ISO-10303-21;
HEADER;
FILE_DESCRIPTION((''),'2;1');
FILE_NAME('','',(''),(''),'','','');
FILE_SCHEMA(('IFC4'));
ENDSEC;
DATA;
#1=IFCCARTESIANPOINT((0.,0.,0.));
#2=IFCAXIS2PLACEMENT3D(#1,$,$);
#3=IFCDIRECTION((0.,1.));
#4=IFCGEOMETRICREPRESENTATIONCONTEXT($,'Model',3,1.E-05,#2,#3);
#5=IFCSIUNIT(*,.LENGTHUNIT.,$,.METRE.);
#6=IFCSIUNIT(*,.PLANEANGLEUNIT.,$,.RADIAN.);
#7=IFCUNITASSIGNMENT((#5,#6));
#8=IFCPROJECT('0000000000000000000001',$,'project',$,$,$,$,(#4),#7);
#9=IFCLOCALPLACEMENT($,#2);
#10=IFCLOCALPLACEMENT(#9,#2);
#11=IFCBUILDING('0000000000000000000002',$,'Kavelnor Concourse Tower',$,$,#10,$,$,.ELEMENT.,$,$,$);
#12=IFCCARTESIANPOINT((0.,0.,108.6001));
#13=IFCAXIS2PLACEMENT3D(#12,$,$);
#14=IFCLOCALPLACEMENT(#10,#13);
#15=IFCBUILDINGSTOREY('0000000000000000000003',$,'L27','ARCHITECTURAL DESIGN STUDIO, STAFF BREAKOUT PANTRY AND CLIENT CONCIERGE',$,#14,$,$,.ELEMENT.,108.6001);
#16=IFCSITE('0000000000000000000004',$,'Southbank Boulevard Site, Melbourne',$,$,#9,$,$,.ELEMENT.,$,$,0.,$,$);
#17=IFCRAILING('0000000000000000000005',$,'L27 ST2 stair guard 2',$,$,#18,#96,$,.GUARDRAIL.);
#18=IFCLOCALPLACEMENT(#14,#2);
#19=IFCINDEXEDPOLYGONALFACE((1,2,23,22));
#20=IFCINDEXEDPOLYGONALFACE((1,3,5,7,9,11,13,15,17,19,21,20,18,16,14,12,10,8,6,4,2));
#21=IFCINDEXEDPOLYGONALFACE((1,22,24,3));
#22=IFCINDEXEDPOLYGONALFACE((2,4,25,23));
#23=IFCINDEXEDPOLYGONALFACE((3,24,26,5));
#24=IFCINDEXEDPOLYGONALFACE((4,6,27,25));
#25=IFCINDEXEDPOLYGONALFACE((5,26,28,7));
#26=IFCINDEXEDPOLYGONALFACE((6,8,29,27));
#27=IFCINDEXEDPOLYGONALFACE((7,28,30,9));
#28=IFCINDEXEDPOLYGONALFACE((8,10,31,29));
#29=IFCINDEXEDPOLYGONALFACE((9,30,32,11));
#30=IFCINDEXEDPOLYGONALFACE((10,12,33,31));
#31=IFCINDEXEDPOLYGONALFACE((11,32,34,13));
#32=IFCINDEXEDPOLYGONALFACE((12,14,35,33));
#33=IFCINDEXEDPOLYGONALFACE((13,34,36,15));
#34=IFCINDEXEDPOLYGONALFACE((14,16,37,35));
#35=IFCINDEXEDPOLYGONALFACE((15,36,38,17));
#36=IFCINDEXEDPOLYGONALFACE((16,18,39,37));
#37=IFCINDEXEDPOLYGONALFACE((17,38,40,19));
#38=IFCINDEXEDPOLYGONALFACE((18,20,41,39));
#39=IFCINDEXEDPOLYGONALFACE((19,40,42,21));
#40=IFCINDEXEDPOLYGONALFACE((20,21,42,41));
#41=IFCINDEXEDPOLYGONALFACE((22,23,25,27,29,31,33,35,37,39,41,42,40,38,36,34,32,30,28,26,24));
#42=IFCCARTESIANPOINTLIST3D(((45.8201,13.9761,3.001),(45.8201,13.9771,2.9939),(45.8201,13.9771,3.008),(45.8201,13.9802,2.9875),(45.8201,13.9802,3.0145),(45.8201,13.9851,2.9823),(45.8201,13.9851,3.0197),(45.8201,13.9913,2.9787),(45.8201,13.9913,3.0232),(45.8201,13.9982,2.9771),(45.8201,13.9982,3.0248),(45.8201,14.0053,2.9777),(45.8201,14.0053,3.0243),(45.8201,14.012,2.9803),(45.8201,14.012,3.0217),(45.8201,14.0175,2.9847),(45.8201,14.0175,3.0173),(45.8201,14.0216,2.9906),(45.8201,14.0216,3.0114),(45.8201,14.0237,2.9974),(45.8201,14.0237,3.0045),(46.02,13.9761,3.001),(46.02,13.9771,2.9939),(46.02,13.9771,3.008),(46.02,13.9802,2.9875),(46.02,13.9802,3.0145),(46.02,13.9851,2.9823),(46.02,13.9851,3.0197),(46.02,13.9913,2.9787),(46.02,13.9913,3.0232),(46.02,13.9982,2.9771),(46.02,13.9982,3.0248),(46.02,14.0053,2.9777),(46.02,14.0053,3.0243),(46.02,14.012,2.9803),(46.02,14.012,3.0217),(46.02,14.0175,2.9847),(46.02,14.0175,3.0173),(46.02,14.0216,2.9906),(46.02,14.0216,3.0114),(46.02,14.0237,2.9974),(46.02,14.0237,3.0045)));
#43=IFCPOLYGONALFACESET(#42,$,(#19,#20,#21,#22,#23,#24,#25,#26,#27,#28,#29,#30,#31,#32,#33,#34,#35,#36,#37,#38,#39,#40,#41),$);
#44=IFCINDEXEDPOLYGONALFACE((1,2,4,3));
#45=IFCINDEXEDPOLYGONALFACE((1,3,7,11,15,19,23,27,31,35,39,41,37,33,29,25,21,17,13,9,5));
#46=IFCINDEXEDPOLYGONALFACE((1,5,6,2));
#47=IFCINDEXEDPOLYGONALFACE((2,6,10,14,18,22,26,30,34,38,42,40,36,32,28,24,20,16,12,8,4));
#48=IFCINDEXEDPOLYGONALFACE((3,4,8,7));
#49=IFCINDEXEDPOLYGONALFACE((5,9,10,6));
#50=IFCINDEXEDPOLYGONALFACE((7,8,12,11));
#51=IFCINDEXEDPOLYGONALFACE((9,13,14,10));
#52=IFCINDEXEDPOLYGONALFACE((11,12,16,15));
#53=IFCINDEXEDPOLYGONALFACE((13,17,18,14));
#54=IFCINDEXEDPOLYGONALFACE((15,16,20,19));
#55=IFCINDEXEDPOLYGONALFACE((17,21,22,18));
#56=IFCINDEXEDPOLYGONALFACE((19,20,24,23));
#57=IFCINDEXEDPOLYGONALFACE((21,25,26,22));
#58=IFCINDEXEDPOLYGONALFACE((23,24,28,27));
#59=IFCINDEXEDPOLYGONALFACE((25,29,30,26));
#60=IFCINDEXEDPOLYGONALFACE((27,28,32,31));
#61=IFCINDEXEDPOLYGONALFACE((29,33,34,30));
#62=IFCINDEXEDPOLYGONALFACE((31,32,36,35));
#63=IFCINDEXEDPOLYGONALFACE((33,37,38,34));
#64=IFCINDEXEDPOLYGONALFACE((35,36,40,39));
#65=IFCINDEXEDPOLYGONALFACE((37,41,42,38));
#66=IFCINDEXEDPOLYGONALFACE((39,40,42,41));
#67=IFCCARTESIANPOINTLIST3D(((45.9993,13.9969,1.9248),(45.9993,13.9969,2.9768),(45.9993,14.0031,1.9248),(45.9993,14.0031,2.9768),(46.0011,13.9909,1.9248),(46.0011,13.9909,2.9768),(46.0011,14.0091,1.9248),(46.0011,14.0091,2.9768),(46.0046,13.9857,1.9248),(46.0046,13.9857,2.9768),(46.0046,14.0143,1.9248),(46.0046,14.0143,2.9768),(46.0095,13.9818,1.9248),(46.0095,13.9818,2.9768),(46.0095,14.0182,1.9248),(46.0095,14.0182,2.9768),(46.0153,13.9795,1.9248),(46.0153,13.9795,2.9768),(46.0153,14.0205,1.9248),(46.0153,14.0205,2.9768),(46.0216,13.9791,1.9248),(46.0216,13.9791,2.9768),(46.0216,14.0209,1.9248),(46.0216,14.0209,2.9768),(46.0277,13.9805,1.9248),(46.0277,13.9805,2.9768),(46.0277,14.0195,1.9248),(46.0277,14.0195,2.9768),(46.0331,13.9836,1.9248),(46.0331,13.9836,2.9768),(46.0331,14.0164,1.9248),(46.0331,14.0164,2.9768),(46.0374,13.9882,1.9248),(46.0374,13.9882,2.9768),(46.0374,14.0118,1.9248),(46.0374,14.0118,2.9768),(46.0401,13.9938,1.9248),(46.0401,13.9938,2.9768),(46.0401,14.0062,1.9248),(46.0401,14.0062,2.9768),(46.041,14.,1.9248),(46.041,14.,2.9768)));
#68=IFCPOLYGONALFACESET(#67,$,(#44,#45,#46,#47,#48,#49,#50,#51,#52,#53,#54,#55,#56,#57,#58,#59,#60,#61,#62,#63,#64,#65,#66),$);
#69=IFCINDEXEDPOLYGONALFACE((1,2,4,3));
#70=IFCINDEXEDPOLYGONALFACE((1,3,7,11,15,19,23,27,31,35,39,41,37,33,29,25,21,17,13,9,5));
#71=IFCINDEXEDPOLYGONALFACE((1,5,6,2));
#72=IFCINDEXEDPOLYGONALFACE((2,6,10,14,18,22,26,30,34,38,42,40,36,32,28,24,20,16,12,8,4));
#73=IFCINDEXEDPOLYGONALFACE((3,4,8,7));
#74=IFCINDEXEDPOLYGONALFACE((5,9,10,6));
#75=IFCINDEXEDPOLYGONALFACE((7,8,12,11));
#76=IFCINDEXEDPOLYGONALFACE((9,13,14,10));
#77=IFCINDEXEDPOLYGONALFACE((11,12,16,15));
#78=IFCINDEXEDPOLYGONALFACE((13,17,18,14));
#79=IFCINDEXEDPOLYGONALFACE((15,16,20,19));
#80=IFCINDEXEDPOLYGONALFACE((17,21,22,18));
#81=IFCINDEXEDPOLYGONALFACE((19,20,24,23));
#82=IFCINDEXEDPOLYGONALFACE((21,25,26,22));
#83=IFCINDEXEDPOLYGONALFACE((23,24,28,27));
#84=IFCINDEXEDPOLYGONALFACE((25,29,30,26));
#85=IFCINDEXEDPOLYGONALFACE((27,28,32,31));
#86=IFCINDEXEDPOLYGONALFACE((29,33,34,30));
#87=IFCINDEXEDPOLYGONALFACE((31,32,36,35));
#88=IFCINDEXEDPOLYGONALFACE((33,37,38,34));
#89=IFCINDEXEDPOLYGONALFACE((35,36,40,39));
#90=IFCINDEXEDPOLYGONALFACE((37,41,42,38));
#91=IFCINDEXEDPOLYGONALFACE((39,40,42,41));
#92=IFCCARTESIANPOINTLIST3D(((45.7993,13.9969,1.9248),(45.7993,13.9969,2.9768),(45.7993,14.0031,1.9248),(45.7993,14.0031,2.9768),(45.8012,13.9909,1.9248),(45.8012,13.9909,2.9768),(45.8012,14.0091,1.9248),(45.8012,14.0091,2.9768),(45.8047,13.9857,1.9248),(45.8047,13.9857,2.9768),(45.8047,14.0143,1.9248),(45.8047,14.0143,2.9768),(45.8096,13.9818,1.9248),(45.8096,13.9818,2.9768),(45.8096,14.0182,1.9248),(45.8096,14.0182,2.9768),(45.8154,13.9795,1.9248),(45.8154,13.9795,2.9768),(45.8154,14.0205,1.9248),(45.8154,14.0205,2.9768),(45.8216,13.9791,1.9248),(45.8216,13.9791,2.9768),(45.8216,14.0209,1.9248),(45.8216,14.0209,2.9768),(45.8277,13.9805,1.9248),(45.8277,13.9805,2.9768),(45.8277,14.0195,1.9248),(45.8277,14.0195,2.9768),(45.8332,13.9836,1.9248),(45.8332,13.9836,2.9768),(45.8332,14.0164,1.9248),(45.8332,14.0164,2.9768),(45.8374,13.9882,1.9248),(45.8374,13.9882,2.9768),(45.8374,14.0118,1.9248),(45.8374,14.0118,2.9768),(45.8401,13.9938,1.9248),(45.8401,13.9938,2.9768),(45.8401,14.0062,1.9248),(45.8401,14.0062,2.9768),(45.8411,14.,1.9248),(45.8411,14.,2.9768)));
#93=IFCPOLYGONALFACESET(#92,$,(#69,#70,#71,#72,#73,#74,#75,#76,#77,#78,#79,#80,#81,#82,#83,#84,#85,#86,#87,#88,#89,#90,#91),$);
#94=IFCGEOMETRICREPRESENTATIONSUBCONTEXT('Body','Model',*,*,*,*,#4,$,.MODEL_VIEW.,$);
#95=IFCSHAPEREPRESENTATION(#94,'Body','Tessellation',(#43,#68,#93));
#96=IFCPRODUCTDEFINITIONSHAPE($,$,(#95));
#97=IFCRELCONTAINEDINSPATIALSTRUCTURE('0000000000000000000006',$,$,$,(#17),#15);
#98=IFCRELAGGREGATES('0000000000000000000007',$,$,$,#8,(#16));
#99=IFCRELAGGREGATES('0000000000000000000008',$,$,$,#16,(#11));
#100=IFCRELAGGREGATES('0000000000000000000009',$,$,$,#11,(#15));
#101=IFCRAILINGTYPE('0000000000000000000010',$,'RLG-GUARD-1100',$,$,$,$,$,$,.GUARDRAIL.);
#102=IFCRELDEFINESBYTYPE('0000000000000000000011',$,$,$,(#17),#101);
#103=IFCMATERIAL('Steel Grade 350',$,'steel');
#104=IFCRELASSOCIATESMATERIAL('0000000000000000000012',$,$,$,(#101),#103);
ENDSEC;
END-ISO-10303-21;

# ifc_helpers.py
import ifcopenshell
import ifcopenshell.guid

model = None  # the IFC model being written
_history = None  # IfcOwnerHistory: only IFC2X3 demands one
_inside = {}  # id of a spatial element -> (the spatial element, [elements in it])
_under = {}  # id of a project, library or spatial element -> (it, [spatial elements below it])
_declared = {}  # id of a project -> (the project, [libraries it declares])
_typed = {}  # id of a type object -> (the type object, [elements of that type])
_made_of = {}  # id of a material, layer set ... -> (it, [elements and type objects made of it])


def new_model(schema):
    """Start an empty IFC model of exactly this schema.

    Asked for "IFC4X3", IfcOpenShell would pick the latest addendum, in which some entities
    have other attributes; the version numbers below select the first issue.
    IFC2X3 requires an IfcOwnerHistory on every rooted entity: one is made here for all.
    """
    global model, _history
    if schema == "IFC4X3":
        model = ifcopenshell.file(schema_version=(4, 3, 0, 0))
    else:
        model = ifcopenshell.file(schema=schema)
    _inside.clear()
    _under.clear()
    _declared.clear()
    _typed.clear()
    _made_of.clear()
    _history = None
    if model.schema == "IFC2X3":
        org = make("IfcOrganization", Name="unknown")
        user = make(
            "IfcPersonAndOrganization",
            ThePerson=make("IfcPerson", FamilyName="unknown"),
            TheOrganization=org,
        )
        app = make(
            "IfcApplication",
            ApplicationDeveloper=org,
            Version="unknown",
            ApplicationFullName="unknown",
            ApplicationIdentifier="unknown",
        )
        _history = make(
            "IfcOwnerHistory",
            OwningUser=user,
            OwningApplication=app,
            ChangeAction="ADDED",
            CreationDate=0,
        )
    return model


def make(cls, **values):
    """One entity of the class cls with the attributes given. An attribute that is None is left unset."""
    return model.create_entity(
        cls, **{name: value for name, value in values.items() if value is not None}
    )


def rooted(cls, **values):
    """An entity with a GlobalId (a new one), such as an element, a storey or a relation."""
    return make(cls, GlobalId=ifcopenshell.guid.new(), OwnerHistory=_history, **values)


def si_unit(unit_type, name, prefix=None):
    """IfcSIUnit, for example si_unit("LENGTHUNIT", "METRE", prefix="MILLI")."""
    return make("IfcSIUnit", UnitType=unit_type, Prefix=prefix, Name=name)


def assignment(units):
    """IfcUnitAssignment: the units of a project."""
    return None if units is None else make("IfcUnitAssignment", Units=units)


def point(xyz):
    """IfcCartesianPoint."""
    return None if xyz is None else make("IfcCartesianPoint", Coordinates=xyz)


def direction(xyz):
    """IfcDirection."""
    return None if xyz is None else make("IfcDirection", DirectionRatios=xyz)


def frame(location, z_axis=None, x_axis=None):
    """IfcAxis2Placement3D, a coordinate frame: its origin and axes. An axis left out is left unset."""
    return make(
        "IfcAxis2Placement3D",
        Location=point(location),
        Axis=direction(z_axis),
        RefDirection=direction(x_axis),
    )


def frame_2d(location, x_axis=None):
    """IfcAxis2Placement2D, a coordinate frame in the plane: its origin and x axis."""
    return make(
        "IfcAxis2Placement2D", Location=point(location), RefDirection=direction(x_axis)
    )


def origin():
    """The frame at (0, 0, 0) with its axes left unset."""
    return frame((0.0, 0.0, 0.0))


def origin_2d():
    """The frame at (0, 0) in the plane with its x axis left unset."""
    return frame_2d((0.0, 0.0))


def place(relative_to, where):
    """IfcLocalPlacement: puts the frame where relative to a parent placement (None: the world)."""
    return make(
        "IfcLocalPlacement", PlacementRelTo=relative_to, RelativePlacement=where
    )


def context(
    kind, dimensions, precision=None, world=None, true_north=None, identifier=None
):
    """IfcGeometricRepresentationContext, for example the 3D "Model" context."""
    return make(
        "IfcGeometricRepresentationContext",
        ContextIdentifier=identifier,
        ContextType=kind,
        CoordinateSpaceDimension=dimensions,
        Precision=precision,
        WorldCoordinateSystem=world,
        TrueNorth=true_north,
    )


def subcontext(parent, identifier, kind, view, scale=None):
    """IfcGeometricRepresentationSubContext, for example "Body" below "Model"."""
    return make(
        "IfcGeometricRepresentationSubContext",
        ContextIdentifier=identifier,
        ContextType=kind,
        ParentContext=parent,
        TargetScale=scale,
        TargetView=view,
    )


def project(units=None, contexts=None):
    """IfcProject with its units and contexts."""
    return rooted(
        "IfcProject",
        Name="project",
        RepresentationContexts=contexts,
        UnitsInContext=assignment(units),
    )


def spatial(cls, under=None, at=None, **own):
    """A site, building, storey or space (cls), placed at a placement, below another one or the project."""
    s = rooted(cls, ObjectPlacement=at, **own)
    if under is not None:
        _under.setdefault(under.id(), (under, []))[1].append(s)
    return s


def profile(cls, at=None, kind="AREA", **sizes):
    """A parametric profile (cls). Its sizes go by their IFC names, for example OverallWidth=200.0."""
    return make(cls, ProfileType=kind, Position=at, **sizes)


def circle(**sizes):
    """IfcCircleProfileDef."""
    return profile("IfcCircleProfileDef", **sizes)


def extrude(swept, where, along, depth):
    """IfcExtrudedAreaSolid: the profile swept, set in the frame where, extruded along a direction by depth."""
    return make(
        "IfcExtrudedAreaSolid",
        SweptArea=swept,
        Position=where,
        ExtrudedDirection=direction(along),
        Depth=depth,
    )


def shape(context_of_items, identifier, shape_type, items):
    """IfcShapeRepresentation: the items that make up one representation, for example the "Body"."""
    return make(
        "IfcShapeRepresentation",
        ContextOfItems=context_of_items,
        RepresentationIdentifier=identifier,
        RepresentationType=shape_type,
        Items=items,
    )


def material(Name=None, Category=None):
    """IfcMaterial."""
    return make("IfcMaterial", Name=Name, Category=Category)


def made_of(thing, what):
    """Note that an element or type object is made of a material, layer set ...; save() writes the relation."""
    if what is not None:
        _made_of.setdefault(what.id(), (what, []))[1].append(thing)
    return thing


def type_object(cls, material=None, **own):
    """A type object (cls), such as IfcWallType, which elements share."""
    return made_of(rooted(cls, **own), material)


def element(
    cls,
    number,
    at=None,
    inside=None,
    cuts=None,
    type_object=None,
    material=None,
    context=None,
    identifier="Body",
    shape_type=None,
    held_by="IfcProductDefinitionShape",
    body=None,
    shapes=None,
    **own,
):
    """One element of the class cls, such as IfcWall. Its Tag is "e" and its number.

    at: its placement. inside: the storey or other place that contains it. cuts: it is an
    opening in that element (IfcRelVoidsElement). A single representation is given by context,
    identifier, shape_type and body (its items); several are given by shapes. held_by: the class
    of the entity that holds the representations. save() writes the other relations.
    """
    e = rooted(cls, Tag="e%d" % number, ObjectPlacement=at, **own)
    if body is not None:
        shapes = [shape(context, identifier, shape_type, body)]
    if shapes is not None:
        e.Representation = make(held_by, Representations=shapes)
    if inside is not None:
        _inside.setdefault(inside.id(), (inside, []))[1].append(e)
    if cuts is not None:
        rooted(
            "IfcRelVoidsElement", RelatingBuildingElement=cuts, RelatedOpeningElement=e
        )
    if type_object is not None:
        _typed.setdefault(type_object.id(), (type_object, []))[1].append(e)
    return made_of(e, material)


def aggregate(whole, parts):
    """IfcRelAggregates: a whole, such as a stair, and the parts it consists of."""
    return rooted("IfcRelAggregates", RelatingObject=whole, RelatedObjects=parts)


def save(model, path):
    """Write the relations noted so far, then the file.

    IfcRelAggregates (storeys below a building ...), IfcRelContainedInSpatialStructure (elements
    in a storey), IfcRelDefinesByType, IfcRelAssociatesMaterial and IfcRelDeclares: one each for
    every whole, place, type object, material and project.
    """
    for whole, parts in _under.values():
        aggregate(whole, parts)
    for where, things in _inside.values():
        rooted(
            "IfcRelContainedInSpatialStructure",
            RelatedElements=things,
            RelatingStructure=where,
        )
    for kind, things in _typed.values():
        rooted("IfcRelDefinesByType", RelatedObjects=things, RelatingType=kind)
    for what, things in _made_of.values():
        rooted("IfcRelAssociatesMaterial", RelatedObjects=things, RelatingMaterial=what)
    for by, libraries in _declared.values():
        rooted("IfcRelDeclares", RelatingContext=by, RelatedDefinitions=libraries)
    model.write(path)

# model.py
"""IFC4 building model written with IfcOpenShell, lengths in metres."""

from ifc_helpers import new_model, si_unit, direction, frame, origin, origin_2d, place, context, subcontext, project, spatial, circle, extrude, material, type_object, element, save


model = new_model("IFC4")

# Units and contexts
model_context = context("Model", 3, precision=1e-05, world=origin(), true_north=direction((0.0, 1.0)))
body_context = subcontext(model_context, "Body", "Model", "MODEL_VIEW")
ifc_project = project(units=[si_unit("LENGTHUNIT", "METRE"), si_unit("PLANEANGLEUNIT", "RADIAN")], contexts=[model_context])

# Site, building, storey
site_placement = place(None, origin())
site = spatial("IfcSite", under=ifc_project, at=site_placement, Name="Southbank Boulevard Site, Melbourne", CompositionType="ELEMENT", RefElevation=0.0)
building_placement = place(site_placement, origin())
building = spatial("IfcBuilding", under=site, at=building_placement, Name="Kavelnor Concourse Tower", CompositionType="ELEMENT")
storey_placement = place(building_placement, frame((0.0, 0.0, 108.6001)))
storey = spatial("IfcBuildingStorey", under=building, at=storey_placement, Name="L27", Description="ARCHITECTURAL DESIGN STUDIO, STAFF BREAKOUT PANTRY AND CLIENT CONCIERGE", CompositionType="ELEMENT", Elevation=108.6001)

# Shared definitions
ifc_material_1 = material(Name="Steel Grade 350", Category="steel")

# Railing
railing_type_1 = type_object("IfcRailingType", Name="RLG-GUARD-1100", PredefinedType="GUARDRAIL", material=ifc_material_1)
railing_1_placement = place(storey_placement, frame((46.02, 14.0, 1.9248)))
element("IfcRailing", 1, at=railing_1_placement, inside=storey, type_object=railing_type_1, Name="L27 ST2 stair guard 2", PredefinedType="GUARDRAIL", context=body_context, shape_type="SweptSolid", body=[
    extrude(circle(Radius=0.0239, at=origin_2d()), frame((0.0, 0.0, 1.0762), z_axis=(-1.0, 0.0, 0.0), x_axis=(0.0, -1.0, 0.0)), (0.0, 0.0, 1.0), 0.2),
    extrude(circle(Radius=0.021, at=origin_2d()), origin(), (0.0, 0.0, 1.0), 1.052),
    extrude(circle(Radius=0.021, at=origin_2d()), frame((-0.2, 0.0, 0.0)), (0.0, 0.0, 1.0), 1.052),
])

save(model, "model.ifc")
